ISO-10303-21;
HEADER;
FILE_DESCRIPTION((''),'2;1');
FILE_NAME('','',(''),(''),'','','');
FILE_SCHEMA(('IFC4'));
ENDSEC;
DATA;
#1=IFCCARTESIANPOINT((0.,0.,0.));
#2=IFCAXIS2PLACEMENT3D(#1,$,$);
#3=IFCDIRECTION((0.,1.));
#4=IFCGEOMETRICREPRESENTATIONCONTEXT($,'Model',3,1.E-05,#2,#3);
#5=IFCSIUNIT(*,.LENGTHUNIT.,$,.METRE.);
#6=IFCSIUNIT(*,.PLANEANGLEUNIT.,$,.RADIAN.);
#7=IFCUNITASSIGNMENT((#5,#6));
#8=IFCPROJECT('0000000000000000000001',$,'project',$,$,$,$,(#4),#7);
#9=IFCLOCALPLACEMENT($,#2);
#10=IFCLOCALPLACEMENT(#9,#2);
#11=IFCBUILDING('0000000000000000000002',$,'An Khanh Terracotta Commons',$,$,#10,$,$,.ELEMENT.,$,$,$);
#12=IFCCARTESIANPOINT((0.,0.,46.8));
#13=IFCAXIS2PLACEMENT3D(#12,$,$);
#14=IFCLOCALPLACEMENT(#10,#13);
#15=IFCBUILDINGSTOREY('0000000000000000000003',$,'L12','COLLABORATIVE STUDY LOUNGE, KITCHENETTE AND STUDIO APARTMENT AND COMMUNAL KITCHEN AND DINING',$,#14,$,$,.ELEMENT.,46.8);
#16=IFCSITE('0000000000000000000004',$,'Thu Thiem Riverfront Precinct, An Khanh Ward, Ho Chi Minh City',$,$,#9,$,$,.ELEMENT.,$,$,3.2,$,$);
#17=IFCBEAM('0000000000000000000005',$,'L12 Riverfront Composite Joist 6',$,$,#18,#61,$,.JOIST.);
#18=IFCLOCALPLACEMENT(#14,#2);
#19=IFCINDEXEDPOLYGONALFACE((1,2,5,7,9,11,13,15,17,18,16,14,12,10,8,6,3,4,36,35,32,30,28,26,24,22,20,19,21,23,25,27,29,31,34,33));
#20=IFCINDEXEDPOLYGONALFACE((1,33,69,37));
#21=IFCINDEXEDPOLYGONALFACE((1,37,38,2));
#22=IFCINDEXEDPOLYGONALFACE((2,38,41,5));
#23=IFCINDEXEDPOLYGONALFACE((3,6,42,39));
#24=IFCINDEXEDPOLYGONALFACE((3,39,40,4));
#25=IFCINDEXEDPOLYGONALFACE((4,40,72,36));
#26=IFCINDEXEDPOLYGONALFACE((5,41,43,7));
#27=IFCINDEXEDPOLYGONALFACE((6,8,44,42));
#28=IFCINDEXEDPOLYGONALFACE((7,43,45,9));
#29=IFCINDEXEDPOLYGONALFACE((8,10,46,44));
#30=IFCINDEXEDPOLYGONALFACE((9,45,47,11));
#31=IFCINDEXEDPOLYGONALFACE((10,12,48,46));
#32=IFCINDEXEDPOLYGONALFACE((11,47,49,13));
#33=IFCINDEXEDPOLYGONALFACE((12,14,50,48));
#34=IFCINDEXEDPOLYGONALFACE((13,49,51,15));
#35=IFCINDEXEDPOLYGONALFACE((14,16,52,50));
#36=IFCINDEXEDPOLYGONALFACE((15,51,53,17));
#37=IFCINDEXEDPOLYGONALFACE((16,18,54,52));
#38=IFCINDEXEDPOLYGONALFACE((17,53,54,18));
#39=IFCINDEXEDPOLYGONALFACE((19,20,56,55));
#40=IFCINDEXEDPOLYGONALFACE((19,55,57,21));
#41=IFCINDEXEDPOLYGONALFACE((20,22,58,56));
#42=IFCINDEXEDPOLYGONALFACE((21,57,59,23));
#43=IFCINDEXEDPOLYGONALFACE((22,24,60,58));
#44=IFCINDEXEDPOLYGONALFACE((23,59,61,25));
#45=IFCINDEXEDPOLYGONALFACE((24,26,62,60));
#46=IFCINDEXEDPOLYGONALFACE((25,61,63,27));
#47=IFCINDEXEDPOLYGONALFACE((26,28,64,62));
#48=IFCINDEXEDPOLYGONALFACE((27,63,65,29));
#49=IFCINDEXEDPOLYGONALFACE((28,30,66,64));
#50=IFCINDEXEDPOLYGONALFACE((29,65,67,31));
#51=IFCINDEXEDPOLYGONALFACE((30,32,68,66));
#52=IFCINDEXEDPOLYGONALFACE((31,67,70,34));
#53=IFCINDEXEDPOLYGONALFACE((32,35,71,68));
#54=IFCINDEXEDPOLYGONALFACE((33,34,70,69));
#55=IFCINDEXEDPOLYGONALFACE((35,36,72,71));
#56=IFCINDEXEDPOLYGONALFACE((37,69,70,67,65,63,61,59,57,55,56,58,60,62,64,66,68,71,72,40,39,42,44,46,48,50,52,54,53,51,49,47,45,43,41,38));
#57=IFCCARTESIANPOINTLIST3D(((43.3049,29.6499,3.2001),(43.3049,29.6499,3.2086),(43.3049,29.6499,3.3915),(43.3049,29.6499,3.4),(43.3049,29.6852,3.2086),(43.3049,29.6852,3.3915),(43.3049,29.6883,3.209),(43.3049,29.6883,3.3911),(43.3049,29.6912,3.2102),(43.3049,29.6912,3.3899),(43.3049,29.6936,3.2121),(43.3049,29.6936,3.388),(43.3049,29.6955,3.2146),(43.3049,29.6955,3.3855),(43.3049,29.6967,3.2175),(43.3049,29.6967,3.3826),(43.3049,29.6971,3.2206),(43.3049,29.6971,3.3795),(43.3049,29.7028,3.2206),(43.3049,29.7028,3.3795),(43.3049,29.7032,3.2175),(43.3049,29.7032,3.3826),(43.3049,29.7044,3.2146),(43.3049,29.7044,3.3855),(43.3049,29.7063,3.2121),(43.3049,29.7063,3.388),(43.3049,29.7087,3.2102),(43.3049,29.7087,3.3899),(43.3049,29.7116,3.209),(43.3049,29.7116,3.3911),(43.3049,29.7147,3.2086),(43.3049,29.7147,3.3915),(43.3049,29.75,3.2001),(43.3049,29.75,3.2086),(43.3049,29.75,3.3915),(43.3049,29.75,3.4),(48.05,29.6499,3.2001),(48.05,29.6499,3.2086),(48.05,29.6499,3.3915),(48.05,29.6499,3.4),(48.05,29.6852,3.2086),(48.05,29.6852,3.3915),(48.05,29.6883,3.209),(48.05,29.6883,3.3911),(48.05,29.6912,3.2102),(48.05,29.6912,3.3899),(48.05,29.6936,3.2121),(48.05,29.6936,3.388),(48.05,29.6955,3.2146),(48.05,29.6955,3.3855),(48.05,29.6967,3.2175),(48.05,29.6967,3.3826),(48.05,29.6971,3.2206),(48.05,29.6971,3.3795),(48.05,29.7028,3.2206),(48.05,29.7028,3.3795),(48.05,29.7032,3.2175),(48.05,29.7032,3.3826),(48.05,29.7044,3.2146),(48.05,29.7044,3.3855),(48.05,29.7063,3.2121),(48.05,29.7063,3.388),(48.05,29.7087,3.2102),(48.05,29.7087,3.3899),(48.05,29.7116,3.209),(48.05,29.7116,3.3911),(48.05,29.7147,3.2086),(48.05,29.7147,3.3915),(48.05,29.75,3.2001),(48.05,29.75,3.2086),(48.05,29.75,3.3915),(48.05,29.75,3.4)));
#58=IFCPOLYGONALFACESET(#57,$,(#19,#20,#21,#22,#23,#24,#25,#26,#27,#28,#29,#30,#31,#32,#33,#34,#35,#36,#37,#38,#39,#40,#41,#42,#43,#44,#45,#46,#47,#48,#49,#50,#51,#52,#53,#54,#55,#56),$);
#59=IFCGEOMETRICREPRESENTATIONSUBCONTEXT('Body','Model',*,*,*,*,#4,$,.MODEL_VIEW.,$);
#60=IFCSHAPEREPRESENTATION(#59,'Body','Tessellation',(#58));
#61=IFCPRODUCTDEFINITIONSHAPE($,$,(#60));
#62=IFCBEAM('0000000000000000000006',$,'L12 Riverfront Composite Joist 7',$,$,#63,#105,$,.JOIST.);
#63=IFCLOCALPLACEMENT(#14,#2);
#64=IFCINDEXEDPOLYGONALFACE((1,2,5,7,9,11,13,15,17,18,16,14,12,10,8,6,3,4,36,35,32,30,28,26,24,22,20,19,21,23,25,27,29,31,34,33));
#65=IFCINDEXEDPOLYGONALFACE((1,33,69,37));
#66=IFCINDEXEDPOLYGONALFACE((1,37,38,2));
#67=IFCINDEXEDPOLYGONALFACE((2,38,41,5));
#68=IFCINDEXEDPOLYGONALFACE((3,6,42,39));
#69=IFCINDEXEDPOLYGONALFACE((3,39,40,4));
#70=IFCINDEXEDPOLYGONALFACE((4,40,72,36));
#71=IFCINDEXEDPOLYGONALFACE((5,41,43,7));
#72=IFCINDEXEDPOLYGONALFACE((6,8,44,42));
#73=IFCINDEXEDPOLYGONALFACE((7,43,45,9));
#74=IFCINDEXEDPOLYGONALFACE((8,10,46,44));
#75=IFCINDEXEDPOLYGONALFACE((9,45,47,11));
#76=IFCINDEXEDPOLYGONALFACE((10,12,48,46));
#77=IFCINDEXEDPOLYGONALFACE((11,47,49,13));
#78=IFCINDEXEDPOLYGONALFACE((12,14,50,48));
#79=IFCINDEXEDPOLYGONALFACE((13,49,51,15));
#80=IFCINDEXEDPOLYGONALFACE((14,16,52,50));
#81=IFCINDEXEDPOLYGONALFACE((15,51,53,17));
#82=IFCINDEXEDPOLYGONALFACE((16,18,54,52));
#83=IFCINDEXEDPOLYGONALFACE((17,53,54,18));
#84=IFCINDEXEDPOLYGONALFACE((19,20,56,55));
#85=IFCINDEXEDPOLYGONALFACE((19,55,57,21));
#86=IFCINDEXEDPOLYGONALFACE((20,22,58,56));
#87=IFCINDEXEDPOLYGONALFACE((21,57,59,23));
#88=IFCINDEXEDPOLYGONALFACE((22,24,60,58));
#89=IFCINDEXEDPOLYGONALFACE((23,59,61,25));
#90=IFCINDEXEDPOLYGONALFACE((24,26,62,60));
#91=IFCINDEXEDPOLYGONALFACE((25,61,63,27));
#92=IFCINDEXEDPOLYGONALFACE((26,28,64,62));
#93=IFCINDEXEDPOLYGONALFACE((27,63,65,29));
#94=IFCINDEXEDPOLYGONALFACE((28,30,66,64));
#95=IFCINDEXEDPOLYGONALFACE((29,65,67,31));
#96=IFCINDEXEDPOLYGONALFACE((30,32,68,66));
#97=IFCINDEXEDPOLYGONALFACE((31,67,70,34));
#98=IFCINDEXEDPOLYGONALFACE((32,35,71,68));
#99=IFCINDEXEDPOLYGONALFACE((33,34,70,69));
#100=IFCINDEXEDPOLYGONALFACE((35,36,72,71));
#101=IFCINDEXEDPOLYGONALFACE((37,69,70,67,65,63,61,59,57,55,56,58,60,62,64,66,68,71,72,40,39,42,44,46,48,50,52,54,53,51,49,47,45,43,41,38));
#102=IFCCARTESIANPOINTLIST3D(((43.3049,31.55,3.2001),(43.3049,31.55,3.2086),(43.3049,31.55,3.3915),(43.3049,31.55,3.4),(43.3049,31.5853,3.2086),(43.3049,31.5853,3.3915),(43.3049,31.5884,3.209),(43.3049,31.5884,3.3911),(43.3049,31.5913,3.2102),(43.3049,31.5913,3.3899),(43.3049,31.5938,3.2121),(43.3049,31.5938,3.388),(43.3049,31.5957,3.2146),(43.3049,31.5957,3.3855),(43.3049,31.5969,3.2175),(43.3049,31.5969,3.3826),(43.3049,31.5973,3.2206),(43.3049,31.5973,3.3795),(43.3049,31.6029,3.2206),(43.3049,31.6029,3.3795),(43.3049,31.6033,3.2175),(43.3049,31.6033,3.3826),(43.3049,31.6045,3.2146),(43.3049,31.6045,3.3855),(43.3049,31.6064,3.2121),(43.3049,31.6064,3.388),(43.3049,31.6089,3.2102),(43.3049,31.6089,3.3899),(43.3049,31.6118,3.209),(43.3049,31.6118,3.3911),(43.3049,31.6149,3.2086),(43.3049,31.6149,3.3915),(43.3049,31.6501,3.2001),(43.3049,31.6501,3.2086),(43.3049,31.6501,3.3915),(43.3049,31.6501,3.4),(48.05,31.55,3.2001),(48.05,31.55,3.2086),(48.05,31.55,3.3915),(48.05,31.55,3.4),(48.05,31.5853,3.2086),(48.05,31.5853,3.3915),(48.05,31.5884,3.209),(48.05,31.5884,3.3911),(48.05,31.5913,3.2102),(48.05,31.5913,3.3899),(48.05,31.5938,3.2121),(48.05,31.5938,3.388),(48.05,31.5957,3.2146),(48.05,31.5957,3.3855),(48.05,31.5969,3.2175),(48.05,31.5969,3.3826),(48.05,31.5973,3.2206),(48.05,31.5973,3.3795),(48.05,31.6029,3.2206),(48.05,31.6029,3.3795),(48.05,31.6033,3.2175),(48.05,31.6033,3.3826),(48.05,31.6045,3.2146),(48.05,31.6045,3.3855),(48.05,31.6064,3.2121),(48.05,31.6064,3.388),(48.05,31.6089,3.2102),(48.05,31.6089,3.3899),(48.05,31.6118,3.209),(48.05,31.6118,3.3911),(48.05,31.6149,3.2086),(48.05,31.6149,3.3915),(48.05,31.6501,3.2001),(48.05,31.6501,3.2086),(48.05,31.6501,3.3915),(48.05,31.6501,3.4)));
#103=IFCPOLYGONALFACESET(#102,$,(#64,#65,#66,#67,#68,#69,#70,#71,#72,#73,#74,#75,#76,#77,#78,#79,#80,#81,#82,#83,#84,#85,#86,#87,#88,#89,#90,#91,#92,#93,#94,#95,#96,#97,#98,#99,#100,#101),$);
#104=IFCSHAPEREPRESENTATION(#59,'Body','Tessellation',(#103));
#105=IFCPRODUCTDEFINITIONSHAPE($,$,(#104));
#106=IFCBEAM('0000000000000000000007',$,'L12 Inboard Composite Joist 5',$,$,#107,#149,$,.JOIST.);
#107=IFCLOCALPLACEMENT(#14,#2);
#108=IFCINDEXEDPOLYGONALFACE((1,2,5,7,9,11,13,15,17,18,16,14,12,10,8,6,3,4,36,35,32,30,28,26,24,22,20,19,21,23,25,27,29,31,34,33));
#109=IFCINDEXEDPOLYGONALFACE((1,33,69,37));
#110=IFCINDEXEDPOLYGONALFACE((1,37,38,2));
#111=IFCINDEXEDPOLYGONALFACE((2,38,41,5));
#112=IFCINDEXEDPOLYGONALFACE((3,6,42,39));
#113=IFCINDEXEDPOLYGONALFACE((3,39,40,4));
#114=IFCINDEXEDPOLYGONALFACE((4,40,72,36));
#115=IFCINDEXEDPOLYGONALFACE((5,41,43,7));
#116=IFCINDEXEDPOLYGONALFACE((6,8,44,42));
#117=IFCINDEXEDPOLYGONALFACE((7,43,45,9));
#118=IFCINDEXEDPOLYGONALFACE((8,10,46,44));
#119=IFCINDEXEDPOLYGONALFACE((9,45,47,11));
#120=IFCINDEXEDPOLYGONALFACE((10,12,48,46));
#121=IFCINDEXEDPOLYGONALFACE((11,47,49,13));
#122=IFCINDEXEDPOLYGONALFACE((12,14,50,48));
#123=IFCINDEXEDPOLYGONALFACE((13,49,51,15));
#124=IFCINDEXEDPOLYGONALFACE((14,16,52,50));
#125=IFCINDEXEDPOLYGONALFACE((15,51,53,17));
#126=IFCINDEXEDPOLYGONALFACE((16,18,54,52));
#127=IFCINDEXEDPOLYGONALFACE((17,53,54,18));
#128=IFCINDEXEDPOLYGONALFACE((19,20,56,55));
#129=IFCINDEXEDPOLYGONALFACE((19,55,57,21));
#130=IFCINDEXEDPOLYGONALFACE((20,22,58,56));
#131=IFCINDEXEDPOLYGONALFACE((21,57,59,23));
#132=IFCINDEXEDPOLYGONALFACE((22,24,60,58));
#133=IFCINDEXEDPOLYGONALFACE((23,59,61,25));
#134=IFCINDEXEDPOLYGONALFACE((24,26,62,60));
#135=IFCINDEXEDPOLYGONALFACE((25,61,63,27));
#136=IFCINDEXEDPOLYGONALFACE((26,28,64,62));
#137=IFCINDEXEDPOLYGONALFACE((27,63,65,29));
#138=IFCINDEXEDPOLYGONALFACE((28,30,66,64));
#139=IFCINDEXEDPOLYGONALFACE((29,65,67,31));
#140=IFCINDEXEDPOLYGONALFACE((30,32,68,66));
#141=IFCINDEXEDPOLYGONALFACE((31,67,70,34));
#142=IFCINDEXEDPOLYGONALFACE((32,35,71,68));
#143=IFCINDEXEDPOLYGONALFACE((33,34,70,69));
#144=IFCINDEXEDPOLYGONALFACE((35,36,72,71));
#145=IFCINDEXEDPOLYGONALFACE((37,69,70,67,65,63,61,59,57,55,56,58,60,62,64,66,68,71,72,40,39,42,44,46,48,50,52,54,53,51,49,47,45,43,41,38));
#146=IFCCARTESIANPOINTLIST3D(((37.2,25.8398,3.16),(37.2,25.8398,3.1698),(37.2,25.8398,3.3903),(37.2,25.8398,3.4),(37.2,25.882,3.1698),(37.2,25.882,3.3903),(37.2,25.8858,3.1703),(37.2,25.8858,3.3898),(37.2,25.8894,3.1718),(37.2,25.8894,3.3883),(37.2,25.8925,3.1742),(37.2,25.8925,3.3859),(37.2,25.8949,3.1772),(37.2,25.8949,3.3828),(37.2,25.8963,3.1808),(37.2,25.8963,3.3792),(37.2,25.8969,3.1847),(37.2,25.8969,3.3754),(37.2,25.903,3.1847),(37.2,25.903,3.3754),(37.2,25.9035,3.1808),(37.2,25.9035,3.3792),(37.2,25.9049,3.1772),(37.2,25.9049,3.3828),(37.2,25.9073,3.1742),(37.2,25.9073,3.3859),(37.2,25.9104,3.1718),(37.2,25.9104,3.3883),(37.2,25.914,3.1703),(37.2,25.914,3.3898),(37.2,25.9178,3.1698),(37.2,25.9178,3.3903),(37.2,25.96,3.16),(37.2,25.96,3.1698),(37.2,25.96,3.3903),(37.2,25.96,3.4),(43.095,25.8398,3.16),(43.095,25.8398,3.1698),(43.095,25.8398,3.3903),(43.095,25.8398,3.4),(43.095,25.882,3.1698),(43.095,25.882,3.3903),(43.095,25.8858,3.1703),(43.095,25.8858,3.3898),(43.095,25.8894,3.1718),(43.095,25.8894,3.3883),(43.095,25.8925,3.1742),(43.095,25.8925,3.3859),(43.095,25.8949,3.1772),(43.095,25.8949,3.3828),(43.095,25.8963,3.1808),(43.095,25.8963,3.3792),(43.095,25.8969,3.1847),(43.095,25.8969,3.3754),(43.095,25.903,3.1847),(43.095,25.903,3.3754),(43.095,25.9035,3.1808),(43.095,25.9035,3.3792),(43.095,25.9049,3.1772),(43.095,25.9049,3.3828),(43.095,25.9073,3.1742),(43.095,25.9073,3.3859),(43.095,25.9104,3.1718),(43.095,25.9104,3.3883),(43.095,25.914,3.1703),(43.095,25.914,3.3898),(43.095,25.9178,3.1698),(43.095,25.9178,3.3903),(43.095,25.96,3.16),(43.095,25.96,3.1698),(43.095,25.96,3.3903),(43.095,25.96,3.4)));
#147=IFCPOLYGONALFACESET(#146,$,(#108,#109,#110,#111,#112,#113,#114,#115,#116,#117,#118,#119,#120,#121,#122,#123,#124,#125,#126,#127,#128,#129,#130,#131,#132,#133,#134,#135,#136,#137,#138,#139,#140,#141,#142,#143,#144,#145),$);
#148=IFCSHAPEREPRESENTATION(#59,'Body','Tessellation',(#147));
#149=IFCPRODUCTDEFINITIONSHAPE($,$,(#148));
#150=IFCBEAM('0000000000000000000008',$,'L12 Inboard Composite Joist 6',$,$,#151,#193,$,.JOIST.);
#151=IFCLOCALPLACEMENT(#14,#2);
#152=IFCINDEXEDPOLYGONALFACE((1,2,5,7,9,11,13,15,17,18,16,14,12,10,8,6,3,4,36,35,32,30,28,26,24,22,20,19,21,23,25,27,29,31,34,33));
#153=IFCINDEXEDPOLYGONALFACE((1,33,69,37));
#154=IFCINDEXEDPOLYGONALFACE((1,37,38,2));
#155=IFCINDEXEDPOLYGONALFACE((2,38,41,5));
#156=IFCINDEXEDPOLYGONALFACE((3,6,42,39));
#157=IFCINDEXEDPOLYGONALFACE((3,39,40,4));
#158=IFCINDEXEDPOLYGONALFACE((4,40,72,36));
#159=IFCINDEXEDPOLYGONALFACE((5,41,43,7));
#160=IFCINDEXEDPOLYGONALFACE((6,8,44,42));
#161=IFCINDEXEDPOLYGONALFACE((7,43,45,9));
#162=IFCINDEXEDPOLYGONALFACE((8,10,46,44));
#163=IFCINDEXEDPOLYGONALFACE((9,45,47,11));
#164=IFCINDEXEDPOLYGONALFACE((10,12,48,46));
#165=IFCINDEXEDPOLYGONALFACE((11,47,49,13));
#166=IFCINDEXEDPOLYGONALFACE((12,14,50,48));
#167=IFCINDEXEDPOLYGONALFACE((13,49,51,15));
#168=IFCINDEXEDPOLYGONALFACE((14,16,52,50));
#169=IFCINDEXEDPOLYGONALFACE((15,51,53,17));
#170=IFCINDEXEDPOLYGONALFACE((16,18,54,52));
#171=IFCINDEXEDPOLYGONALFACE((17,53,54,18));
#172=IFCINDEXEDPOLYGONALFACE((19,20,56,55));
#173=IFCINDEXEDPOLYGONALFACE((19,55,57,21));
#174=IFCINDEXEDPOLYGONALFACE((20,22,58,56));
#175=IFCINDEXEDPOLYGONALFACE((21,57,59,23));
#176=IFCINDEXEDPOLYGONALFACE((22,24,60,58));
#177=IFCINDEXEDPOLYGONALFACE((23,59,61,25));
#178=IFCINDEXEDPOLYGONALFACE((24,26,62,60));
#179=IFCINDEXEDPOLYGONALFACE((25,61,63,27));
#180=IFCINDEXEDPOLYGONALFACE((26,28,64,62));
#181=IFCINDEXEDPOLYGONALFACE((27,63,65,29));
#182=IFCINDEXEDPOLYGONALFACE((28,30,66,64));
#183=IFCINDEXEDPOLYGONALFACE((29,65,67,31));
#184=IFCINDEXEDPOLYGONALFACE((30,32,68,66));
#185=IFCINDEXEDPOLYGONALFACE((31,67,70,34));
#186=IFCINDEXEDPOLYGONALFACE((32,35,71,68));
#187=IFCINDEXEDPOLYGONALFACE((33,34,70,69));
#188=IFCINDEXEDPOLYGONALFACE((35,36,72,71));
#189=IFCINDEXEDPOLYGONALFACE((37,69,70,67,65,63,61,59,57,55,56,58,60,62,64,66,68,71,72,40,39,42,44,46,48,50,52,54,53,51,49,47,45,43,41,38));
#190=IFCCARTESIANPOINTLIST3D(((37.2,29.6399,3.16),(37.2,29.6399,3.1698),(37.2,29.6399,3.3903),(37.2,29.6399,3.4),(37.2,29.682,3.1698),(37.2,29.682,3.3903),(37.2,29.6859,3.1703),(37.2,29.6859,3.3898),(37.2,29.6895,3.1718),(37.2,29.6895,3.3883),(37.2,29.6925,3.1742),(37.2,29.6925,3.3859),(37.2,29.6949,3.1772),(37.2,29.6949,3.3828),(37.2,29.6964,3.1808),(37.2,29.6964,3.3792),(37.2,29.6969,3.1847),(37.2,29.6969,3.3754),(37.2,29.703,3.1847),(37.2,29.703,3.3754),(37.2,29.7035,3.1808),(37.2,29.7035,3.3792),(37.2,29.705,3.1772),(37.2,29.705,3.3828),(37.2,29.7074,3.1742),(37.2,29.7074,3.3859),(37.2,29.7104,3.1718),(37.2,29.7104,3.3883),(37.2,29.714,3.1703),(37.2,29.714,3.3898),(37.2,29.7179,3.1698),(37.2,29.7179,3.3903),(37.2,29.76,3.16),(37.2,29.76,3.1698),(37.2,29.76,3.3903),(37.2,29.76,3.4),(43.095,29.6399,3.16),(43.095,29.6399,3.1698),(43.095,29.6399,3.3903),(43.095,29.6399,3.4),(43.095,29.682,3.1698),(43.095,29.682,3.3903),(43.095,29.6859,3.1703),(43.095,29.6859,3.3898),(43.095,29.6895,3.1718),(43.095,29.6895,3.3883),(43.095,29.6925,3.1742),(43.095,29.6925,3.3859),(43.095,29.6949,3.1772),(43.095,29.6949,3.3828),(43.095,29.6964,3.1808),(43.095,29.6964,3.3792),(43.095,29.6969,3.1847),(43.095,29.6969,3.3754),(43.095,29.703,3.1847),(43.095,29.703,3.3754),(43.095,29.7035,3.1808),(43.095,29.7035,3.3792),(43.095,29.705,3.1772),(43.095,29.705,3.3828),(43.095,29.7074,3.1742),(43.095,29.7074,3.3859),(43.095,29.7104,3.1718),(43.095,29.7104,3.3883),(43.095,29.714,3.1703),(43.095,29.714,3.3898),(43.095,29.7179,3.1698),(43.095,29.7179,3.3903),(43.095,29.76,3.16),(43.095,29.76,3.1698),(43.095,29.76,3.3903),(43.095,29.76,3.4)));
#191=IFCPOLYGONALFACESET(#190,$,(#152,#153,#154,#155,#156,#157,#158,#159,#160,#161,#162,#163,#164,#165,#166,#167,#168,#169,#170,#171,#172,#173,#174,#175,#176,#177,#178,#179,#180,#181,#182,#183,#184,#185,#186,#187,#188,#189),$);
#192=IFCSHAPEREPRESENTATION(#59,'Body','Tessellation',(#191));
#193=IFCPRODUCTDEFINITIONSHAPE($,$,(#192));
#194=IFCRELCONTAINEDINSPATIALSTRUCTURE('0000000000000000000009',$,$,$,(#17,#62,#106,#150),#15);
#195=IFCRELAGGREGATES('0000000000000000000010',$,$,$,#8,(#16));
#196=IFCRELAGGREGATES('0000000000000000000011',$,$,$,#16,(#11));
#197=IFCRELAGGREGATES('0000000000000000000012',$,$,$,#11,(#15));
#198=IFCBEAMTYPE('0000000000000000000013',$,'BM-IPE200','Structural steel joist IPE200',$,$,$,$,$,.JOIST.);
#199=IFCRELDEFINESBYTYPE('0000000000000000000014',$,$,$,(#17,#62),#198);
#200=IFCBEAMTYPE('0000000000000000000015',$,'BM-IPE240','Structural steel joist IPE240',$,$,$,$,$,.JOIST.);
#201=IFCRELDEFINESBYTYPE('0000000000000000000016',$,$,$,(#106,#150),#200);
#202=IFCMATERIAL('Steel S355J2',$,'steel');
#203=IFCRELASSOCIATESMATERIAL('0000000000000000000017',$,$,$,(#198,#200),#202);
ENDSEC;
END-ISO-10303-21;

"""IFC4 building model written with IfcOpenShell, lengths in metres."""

from ifc_helpers import new_model, si_unit, direction, frame, origin, origin_2d, place, context, subcontext, project, spatial, i_section, extrude, material, material_profile, profile_set, type_object, element, save


model = new_model("IFC4")

# Units and contexts
model_context = context("Model", 3, precision=1e-05, world=origin(), true_north=direction((0.0, 1.0)))
body_context = subcontext(model_context, "Body", "Model", "MODEL_VIEW")
ifc_project = project(units=[si_unit("LENGTHUNIT", "METRE"), si_unit("PLANEANGLEUNIT", "RADIAN")], contexts=[model_context])

# Site, building, storey
site_placement = place(None, origin())
site = spatial("IfcSite", under=ifc_project, at=site_placement, Name="Thu Thiem Riverfront Precinct, An Khanh Ward, Ho Chi Minh City", CompositionType="ELEMENT", RefElevation=3.2)
building_placement = place(site_placement, origin())
building = spatial("IfcBuilding", under=site, at=building_placement, Name="An Khanh Terracotta Commons", CompositionType="ELEMENT")
storey_placement = place(building_placement, frame((0.0, 0.0, 46.8)))
storey = spatial("IfcBuildingStorey", under=building, at=storey_placement, Name="L12", Description="COLLABORATIVE STUDY LOUNGE, KITCHENETTE AND STUDIO APARTMENT AND COMMUNAL KITCHEN AND DINING", CompositionType="ELEMENT", Elevation=46.8)

# Beams
ifc_material_1 = material(Name="Steel S355J2", Category="steel")
ifc_material_profile_1 = material_profile(ifc_material_1, i_section(OverallWidth=0.1001, OverallDepth=0.2, WebThickness=0.0056, FlangeThickness=0.0085, FilletRadius=0.012, at=origin_2d()), Name="IPE200")
ifc_profile_set_1 = profile_set([ifc_material_profile_1], Name="Steel S355J2")
beam_type_1 = type_object("IfcBeamType", Name="BM-IPE200", Description="Structural steel joist IPE200", PredefinedType="JOIST", material=ifc_profile_set_1)
for number, where, z_axis, x_axis, name in (
    (1, (43.3049, 29.7, 3.3), (1.0, 0.0, 0.0), (0.0, 1.0, 0.0), "L12 Riverfront Composite Joist 6"),
    (2, (43.3049, 31.6001, 3.3), (1.0, 0.0, 0.0), (0.0, 1.0, 0.0), "L12 Riverfront Composite Joist 7"),
):
    element("IfcBeam", number, at=place(storey_placement, frame(where, z_axis=z_axis, x_axis=x_axis)), inside=storey, type_object=beam_type_1, Name=name, PredefinedType="JOIST", context=body_context, shape_type="SweptSolid", body=[
        extrude(i_section(OverallWidth=0.1001, OverallDepth=0.2, WebThickness=0.0056, FlangeThickness=0.0085, FilletRadius=0.012, at=origin_2d()), origin(), (0.0, 0.0, 1.0), 4.7451),
    ])
ifc_material_profile_2 = material_profile(ifc_material_1, i_section(OverallWidth=0.1201, OverallDepth=0.24, WebThickness=0.0061, FlangeThickness=0.0098, FilletRadius=0.0149, at=origin_2d()), Name="IPE240")
ifc_profile_set_2 = profile_set([ifc_material_profile_2], Name="Steel S355J2")
beam_type_2 = type_object("IfcBeamType", Name="BM-IPE240", Description="Structural steel joist IPE240", PredefinedType="JOIST", material=ifc_profile_set_2)
for number, where, z_axis, x_axis, name in (
    (3, (37.2, 25.8999, 3.28), (1.0, 0.0, 0.0), (0.0, 1.0, 0.0), "L12 Inboard Composite Joist 5"),
    (4, (37.2, 29.7, 3.28), (1.0, 0.0, 0.0), (0.0, 1.0, 0.0), "L12 Inboard Composite Joist 6"),
):
    element("IfcBeam", number, at=place(storey_placement, frame(where, z_axis=z_axis, x_axis=x_axis)), inside=storey, type_object=beam_type_2, Name=name, PredefinedType="JOIST", context=body_context, shape_type="SweptSolid", body=[
        extrude(i_section(OverallWidth=0.1201, OverallDepth=0.24, WebThickness=0.0061, FlangeThickness=0.0098, FilletRadius=0.0149, at=origin_2d()), origin(), (0.0, 0.0, 1.0), 5.895),
    ])

save(model, "model.ifc")
